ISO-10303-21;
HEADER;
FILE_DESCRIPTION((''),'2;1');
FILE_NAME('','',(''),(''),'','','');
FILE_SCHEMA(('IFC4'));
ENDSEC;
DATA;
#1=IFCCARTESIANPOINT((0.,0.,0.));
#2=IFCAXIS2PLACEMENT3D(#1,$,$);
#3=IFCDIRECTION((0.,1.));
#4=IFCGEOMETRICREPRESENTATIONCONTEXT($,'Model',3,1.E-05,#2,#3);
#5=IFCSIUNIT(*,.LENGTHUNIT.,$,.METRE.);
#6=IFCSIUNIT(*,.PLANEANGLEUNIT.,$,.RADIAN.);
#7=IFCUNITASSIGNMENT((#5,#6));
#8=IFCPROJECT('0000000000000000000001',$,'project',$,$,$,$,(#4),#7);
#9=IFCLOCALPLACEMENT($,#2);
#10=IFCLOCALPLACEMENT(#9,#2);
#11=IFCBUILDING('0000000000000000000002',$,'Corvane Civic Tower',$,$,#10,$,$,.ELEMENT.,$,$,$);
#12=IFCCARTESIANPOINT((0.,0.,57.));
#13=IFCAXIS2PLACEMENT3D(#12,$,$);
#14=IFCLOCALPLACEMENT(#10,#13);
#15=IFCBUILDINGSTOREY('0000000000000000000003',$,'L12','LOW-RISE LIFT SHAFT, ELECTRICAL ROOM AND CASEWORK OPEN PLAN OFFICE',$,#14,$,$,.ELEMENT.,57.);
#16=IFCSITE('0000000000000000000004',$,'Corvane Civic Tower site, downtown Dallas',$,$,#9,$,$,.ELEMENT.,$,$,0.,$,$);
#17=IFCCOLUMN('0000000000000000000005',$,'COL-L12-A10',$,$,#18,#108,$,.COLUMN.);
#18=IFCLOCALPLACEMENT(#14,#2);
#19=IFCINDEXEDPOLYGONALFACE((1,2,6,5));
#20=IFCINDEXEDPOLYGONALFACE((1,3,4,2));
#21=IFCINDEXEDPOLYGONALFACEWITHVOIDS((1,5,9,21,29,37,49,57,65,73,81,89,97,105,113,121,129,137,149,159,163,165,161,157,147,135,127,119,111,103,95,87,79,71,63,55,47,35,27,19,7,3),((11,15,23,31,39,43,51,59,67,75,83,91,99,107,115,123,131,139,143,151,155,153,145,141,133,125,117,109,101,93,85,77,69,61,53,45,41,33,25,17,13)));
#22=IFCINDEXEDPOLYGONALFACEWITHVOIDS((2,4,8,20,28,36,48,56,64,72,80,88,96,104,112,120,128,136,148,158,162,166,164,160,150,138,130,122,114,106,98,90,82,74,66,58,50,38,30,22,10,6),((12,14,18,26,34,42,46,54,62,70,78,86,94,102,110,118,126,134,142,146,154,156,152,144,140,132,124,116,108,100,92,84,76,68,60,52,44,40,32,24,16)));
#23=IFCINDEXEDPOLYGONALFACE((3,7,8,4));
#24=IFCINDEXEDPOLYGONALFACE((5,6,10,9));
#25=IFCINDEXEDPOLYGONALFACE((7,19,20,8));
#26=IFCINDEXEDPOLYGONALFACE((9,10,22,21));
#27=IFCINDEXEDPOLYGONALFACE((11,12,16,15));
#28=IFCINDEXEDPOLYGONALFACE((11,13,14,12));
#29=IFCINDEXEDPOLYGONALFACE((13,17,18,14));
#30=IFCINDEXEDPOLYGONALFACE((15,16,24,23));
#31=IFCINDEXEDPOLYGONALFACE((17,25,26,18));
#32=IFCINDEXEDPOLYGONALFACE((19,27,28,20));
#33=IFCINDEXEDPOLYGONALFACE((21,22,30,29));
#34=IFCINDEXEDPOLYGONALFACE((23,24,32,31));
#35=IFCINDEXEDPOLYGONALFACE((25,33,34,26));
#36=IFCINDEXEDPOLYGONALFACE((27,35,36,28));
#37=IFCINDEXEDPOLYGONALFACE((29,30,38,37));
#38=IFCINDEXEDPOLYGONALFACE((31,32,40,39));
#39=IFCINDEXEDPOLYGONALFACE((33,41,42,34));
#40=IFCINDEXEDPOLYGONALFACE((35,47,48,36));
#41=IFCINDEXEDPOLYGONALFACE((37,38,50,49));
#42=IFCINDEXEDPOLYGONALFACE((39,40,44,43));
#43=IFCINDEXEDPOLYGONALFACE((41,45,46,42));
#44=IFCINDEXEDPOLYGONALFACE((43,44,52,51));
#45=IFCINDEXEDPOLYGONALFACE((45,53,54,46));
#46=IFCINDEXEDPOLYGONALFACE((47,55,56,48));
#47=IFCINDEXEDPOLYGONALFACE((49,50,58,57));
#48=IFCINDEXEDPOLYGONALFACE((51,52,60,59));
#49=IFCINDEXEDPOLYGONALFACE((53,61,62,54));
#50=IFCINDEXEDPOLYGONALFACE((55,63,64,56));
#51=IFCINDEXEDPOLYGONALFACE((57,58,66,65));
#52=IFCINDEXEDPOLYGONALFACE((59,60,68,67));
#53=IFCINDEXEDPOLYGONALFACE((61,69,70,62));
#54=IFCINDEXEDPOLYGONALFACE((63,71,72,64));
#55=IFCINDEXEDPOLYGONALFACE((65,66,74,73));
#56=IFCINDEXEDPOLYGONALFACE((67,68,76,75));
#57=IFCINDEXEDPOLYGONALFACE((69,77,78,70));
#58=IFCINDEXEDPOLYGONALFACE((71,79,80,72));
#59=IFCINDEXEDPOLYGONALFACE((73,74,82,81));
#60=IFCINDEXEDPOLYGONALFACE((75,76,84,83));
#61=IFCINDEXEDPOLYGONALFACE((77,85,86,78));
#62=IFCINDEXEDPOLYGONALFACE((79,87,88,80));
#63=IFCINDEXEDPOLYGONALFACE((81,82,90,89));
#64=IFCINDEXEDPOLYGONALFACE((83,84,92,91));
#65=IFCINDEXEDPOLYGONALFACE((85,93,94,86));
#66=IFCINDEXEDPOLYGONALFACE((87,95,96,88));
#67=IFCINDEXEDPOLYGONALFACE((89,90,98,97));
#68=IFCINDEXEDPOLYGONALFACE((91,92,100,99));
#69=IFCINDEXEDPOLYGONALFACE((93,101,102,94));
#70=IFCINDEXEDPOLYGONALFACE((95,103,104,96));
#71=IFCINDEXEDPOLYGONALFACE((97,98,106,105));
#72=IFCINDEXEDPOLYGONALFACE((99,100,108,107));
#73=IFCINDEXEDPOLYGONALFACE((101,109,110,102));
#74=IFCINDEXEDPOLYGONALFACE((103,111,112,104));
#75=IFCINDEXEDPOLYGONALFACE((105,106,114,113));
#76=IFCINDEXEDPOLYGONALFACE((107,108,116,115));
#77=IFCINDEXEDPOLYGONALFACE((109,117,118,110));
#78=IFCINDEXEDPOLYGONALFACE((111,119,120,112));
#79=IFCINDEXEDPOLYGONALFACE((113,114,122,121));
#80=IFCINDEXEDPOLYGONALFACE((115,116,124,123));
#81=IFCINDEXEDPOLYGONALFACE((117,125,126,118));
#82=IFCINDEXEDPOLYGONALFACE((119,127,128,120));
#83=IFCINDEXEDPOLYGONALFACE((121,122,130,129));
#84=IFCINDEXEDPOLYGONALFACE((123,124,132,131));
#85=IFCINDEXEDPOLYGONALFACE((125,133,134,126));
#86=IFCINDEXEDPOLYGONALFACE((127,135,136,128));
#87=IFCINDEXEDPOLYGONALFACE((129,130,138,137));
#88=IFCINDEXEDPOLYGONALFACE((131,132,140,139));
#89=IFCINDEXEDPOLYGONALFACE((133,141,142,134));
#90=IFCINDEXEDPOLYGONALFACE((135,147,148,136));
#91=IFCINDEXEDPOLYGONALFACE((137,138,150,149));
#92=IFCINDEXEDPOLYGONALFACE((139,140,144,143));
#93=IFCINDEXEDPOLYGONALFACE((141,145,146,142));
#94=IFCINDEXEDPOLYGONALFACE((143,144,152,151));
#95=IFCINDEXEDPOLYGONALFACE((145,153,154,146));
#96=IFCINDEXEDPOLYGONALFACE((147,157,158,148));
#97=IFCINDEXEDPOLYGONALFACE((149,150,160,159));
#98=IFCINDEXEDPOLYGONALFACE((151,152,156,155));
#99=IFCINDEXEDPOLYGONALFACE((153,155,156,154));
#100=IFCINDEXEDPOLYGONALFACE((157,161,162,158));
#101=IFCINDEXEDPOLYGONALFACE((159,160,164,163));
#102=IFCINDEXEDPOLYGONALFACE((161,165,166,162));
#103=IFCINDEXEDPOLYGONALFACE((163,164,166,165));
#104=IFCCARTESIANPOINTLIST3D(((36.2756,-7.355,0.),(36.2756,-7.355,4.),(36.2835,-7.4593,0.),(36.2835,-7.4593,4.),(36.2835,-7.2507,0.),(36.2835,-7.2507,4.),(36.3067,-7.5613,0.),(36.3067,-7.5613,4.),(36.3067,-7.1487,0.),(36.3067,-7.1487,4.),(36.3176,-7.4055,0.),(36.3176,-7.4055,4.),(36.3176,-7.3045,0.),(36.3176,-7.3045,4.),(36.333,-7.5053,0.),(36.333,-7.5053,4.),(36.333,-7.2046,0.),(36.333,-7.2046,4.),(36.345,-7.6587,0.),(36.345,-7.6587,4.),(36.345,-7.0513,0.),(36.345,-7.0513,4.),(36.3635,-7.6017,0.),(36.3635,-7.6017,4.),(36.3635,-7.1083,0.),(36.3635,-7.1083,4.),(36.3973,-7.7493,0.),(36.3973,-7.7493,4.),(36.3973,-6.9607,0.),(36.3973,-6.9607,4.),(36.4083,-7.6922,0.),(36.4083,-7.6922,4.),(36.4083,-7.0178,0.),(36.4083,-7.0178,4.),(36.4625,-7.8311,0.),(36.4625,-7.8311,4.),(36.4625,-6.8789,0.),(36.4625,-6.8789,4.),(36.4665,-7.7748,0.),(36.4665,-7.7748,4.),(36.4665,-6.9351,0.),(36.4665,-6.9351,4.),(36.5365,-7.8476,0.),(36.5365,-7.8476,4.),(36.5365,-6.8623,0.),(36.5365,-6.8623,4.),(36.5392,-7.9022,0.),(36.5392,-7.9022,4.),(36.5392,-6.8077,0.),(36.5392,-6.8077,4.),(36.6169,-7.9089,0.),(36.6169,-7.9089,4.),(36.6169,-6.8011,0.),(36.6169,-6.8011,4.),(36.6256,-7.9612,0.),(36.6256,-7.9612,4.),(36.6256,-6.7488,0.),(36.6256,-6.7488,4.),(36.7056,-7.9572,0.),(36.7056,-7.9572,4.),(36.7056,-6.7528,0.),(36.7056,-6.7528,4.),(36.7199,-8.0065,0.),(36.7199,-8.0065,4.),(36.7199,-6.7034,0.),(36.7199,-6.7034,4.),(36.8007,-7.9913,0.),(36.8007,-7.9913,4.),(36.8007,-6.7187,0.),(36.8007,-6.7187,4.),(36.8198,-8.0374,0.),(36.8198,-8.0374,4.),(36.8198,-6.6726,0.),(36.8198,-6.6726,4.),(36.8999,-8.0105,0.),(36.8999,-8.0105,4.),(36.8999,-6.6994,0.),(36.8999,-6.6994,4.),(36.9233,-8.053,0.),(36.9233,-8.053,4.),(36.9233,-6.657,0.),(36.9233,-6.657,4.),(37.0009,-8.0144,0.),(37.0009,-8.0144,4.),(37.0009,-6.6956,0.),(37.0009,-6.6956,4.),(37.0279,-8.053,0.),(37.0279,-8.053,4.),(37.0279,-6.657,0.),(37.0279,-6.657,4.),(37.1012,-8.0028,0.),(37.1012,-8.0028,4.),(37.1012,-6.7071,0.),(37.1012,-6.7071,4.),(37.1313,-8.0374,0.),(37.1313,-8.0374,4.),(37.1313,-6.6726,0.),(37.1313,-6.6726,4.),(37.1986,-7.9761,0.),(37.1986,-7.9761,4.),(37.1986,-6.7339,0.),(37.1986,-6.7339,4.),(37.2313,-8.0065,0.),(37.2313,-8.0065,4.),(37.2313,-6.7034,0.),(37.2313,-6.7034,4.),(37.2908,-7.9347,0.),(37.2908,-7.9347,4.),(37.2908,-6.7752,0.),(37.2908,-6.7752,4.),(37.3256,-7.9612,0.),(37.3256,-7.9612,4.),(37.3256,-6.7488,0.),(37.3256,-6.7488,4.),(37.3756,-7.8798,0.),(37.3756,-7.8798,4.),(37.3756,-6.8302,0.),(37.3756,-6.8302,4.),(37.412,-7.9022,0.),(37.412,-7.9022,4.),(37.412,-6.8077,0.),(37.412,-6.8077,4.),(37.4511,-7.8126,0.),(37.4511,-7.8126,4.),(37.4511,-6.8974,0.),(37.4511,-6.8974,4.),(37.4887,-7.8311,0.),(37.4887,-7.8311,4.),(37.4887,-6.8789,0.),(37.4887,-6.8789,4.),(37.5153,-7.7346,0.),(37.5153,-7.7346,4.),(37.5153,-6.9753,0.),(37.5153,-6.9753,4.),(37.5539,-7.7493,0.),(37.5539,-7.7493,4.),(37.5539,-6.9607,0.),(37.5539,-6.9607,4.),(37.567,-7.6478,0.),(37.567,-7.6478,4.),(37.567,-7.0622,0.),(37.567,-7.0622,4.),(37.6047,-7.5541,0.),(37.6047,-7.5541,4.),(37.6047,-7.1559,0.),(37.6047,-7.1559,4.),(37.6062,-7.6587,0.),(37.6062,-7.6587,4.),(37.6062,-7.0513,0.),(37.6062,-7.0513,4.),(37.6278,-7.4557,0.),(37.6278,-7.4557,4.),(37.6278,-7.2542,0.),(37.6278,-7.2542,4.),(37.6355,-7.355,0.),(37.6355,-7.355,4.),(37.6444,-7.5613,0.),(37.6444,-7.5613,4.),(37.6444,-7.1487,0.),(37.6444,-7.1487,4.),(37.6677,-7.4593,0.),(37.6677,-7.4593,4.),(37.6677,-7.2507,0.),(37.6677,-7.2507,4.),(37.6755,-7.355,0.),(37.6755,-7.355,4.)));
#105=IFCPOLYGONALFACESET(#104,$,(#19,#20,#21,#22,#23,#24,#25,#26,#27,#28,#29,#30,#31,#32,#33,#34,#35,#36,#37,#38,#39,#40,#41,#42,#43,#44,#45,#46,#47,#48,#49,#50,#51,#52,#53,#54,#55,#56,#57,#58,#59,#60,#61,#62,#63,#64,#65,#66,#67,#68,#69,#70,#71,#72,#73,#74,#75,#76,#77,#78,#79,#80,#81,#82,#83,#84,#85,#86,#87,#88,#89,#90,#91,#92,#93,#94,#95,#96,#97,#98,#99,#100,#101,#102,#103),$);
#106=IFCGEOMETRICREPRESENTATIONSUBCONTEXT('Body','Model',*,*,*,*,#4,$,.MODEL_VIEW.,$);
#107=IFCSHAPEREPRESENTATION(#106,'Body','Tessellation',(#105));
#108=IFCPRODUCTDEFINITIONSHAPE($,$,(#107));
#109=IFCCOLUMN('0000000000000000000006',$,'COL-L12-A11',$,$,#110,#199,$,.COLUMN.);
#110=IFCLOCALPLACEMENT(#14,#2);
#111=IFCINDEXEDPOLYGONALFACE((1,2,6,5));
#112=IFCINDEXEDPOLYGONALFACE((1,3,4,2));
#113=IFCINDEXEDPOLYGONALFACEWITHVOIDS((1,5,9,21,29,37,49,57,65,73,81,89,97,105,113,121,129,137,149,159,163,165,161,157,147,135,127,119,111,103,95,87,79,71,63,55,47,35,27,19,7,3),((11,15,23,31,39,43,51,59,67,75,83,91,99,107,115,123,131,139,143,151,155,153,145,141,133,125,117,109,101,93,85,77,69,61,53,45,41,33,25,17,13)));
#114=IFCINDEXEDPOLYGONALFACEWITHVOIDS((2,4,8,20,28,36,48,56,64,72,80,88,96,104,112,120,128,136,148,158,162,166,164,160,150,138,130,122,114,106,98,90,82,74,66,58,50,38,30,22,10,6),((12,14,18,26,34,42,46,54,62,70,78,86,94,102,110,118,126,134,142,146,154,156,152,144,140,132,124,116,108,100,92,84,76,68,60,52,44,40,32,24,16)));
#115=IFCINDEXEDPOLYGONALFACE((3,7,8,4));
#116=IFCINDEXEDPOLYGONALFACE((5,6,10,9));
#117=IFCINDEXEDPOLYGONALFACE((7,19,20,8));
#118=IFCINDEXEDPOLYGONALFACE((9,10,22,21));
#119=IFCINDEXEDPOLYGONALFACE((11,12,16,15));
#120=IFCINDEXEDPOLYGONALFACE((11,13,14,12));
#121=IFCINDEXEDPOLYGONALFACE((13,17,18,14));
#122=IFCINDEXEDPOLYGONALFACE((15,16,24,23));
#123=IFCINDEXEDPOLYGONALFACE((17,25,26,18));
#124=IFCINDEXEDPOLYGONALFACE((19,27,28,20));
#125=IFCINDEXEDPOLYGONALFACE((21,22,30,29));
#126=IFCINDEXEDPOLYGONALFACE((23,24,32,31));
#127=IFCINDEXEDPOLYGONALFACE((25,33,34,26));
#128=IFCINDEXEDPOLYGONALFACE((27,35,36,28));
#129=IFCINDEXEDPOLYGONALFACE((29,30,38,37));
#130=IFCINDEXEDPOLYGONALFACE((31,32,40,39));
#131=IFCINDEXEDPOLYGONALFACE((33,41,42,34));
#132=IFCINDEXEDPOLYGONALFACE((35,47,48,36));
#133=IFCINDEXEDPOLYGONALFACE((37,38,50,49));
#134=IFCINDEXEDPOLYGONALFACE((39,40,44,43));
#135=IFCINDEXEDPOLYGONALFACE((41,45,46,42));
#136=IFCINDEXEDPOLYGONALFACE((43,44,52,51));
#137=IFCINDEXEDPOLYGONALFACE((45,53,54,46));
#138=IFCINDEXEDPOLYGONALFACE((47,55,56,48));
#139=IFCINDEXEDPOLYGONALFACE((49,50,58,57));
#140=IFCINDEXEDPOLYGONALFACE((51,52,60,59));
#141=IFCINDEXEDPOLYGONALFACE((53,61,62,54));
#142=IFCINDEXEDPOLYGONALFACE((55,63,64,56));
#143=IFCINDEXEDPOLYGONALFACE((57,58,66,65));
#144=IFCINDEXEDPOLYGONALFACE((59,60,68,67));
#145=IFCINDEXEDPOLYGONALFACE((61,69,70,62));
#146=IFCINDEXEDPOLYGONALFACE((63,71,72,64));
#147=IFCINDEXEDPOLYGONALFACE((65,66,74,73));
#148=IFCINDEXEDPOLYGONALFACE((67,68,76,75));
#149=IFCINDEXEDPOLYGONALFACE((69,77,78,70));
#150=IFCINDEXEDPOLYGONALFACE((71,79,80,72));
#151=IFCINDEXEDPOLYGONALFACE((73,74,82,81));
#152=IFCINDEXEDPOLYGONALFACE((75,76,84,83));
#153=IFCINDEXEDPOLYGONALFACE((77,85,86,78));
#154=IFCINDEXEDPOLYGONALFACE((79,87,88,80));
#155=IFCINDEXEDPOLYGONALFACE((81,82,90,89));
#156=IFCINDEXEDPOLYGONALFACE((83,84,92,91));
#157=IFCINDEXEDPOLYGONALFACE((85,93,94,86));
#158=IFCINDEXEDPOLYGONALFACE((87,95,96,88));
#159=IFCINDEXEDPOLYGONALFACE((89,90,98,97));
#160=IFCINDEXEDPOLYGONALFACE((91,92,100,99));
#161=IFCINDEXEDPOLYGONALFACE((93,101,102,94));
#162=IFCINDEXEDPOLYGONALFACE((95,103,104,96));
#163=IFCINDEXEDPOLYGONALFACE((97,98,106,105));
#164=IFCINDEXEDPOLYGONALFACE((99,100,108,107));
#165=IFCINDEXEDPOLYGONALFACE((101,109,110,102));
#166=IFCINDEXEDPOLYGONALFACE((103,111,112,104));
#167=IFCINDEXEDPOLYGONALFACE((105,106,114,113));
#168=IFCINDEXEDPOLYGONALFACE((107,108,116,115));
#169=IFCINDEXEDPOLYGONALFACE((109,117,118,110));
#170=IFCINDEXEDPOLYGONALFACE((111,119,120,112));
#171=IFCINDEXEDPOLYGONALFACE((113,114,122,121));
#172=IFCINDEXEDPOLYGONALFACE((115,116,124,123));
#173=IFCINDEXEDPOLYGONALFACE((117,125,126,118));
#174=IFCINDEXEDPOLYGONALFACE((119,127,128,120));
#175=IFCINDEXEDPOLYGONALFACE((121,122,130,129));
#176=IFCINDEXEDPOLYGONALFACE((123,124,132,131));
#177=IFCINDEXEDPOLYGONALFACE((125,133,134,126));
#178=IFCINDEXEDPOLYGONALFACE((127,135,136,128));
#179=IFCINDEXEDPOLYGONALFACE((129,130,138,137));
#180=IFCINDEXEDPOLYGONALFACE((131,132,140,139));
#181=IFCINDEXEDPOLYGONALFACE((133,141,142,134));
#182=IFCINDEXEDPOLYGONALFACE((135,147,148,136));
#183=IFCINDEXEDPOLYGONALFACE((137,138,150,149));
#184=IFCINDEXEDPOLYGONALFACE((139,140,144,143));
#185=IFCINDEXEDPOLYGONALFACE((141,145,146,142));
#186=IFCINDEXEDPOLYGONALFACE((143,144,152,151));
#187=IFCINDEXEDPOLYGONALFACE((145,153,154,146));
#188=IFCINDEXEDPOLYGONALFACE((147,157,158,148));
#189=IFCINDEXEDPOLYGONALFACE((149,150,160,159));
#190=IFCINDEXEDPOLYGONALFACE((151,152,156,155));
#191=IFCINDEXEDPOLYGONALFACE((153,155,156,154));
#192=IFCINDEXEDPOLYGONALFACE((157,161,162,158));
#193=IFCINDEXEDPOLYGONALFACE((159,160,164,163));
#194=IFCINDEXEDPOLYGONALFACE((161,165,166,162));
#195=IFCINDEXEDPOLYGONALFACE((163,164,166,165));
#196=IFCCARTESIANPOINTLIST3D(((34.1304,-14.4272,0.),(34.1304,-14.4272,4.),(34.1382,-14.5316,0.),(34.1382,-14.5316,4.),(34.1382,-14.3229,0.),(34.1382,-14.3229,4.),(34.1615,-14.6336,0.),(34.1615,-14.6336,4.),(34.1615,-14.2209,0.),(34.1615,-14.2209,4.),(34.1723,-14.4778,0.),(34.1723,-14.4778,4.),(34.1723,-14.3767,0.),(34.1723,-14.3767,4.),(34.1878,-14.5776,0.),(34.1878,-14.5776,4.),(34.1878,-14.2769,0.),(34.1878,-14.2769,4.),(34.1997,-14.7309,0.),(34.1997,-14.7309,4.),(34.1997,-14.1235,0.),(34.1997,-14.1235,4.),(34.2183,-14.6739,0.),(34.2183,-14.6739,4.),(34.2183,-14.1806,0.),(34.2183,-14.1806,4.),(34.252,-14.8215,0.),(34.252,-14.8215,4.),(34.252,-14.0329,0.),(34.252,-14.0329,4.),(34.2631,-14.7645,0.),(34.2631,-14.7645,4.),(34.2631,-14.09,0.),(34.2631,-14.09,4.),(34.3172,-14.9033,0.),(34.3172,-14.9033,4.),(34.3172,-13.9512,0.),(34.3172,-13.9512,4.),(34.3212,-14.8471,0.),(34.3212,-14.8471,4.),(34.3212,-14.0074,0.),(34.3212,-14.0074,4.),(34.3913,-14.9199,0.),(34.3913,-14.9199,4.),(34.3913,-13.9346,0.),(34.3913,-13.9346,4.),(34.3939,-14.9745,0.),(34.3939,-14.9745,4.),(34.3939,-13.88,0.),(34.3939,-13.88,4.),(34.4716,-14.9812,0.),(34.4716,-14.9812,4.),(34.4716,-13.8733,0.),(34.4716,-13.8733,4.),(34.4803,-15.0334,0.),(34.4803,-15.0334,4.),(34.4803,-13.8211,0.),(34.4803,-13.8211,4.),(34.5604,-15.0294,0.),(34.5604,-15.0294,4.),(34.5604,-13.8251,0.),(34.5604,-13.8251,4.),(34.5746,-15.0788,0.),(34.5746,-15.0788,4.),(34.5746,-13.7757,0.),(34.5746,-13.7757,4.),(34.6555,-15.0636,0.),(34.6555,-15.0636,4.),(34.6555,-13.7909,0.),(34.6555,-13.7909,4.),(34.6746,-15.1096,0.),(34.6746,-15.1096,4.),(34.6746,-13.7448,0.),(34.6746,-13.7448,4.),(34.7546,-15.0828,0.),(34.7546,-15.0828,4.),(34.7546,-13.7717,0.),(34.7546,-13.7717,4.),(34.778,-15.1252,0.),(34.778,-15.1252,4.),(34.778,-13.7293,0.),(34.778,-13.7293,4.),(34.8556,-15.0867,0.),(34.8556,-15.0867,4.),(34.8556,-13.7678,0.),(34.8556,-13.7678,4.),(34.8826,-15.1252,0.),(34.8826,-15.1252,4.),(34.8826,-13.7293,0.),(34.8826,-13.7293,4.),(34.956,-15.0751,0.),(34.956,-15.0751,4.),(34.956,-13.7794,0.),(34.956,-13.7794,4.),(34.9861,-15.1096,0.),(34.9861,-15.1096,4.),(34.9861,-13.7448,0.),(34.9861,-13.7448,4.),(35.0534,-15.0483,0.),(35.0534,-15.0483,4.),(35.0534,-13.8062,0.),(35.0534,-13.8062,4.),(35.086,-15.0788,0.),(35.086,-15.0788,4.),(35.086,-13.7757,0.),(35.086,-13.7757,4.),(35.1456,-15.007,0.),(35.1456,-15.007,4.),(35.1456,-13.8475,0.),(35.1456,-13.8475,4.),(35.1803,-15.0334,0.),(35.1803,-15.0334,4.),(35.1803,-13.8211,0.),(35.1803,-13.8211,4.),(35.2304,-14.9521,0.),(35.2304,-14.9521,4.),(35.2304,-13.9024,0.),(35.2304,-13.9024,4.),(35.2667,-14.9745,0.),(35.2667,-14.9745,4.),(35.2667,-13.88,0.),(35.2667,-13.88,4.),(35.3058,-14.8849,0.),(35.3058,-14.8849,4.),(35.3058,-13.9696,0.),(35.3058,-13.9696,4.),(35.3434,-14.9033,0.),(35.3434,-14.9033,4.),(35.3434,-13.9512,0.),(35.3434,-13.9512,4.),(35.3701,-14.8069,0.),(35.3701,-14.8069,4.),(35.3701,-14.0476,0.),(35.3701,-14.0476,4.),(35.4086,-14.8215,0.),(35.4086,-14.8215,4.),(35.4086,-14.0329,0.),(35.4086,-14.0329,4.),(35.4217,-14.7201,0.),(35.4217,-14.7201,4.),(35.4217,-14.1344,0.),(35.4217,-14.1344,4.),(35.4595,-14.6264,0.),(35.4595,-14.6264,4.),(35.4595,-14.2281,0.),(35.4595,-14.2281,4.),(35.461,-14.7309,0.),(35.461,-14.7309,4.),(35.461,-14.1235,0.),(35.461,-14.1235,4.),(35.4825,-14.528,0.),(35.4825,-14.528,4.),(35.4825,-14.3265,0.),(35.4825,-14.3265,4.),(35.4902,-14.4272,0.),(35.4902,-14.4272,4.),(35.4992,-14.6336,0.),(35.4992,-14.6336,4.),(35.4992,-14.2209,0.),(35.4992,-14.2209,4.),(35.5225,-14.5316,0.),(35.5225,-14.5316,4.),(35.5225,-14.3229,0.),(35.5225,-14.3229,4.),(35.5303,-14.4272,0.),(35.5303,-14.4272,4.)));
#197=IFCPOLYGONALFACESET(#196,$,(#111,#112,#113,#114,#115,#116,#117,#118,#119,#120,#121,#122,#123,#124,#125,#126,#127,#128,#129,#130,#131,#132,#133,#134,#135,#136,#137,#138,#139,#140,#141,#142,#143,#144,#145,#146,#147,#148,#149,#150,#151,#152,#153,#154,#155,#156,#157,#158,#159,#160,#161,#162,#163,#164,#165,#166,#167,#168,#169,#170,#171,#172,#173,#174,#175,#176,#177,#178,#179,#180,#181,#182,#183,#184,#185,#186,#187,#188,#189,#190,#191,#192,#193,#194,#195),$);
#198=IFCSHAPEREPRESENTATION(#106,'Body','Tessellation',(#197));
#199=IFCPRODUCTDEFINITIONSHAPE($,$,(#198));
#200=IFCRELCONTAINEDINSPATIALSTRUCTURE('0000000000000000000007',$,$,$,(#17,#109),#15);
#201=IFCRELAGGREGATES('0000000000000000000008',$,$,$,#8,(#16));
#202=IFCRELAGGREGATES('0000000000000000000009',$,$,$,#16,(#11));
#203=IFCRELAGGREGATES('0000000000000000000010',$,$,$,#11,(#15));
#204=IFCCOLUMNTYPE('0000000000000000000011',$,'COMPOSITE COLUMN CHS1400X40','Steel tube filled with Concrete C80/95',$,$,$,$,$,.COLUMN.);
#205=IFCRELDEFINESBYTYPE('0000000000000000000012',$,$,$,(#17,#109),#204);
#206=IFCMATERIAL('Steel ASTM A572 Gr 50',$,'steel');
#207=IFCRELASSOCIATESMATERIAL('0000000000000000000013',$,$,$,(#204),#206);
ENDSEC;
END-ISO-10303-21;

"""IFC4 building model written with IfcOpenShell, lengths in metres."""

from ifc_helpers import new_model, si_unit, direction, frame, origin, origin_2d, place, context, subcontext, project, spatial, hollow_circle, extrude, material, material_profile, profile_set, type_object, element, save


model = new_model("IFC4")

# Units and contexts
model_context = context("Model", 3, precision=1e-05, world=origin(), true_north=direction((0.0, 1.0)))
body_context = subcontext(model_context, "Body", "Model", "MODEL_VIEW")
ifc_project = project(units=[si_unit("LENGTHUNIT", "METRE"), si_unit("PLANEANGLEUNIT", "RADIAN")], contexts=[model_context])

# Site, building, storey
site_placement = place(None, origin())
site = spatial("IfcSite", under=ifc_project, at=site_placement, Name="Corvane Civic Tower site, downtown Dallas", CompositionType="ELEMENT", RefElevation=0.0)
building_placement = place(site_placement, origin())
building = spatial("IfcBuilding", under=site, at=building_placement, Name="Corvane Civic Tower", CompositionType="ELEMENT")
storey_placement = place(building_placement, frame((0.0, 0.0, 57.0)))
storey = spatial("IfcBuildingStorey", under=building, at=storey_placement, Name="L12", Description="LOW-RISE LIFT SHAFT, ELECTRICAL ROOM AND CASEWORK OPEN PLAN OFFICE", CompositionType="ELEMENT", Elevation=57.0)

# Columns
ifc_material_1 = material(Name="Steel ASTM A572 Gr 50", Category="steel")
ifc_material_profile_1 = material_profile(ifc_material_1, hollow_circle(Radius=0.7, WallThickness=0.04, at=origin_2d()), Name="CHS1400X40")
ifc_profile_set_1 = profile_set([ifc_material_profile_1], Name="Steel ASTM A572 Gr 50")
column_type = type_object("IfcColumnType", Name="COMPOSITE COLUMN CHS1400X40", Description="Steel tube filled with Concrete C80/95", PredefinedType="COLUMN", material=ifc_profile_set_1)
for number, where, z_axis, x_axis, name in (
    (1, (36.9756, -7.355, 0.0), (0.0, 0.0, 1.0), (1.0, 0.0, 0.0), "COL-L12-A10"),
    (2, (34.8303, -14.4272, 0.0), (0.0, 0.0, 1.0), (1.0, 0.0, 0.0), "COL-L12-A11"),
):
    element("IfcColumn", number, at=place(storey_placement, frame(where, z_axis=z_axis, x_axis=x_axis)), inside=storey, type_object=column_type, Name=name, PredefinedType="COLUMN", context=body_context, shape_type="SweptSolid", body=[
        extrude(hollow_circle(Radius=0.7, WallThickness=0.04, at=origin_2d()), origin(), (0.0, 0.0, 1.0), 4.0),
    ])

save(model, "model.ifc")
